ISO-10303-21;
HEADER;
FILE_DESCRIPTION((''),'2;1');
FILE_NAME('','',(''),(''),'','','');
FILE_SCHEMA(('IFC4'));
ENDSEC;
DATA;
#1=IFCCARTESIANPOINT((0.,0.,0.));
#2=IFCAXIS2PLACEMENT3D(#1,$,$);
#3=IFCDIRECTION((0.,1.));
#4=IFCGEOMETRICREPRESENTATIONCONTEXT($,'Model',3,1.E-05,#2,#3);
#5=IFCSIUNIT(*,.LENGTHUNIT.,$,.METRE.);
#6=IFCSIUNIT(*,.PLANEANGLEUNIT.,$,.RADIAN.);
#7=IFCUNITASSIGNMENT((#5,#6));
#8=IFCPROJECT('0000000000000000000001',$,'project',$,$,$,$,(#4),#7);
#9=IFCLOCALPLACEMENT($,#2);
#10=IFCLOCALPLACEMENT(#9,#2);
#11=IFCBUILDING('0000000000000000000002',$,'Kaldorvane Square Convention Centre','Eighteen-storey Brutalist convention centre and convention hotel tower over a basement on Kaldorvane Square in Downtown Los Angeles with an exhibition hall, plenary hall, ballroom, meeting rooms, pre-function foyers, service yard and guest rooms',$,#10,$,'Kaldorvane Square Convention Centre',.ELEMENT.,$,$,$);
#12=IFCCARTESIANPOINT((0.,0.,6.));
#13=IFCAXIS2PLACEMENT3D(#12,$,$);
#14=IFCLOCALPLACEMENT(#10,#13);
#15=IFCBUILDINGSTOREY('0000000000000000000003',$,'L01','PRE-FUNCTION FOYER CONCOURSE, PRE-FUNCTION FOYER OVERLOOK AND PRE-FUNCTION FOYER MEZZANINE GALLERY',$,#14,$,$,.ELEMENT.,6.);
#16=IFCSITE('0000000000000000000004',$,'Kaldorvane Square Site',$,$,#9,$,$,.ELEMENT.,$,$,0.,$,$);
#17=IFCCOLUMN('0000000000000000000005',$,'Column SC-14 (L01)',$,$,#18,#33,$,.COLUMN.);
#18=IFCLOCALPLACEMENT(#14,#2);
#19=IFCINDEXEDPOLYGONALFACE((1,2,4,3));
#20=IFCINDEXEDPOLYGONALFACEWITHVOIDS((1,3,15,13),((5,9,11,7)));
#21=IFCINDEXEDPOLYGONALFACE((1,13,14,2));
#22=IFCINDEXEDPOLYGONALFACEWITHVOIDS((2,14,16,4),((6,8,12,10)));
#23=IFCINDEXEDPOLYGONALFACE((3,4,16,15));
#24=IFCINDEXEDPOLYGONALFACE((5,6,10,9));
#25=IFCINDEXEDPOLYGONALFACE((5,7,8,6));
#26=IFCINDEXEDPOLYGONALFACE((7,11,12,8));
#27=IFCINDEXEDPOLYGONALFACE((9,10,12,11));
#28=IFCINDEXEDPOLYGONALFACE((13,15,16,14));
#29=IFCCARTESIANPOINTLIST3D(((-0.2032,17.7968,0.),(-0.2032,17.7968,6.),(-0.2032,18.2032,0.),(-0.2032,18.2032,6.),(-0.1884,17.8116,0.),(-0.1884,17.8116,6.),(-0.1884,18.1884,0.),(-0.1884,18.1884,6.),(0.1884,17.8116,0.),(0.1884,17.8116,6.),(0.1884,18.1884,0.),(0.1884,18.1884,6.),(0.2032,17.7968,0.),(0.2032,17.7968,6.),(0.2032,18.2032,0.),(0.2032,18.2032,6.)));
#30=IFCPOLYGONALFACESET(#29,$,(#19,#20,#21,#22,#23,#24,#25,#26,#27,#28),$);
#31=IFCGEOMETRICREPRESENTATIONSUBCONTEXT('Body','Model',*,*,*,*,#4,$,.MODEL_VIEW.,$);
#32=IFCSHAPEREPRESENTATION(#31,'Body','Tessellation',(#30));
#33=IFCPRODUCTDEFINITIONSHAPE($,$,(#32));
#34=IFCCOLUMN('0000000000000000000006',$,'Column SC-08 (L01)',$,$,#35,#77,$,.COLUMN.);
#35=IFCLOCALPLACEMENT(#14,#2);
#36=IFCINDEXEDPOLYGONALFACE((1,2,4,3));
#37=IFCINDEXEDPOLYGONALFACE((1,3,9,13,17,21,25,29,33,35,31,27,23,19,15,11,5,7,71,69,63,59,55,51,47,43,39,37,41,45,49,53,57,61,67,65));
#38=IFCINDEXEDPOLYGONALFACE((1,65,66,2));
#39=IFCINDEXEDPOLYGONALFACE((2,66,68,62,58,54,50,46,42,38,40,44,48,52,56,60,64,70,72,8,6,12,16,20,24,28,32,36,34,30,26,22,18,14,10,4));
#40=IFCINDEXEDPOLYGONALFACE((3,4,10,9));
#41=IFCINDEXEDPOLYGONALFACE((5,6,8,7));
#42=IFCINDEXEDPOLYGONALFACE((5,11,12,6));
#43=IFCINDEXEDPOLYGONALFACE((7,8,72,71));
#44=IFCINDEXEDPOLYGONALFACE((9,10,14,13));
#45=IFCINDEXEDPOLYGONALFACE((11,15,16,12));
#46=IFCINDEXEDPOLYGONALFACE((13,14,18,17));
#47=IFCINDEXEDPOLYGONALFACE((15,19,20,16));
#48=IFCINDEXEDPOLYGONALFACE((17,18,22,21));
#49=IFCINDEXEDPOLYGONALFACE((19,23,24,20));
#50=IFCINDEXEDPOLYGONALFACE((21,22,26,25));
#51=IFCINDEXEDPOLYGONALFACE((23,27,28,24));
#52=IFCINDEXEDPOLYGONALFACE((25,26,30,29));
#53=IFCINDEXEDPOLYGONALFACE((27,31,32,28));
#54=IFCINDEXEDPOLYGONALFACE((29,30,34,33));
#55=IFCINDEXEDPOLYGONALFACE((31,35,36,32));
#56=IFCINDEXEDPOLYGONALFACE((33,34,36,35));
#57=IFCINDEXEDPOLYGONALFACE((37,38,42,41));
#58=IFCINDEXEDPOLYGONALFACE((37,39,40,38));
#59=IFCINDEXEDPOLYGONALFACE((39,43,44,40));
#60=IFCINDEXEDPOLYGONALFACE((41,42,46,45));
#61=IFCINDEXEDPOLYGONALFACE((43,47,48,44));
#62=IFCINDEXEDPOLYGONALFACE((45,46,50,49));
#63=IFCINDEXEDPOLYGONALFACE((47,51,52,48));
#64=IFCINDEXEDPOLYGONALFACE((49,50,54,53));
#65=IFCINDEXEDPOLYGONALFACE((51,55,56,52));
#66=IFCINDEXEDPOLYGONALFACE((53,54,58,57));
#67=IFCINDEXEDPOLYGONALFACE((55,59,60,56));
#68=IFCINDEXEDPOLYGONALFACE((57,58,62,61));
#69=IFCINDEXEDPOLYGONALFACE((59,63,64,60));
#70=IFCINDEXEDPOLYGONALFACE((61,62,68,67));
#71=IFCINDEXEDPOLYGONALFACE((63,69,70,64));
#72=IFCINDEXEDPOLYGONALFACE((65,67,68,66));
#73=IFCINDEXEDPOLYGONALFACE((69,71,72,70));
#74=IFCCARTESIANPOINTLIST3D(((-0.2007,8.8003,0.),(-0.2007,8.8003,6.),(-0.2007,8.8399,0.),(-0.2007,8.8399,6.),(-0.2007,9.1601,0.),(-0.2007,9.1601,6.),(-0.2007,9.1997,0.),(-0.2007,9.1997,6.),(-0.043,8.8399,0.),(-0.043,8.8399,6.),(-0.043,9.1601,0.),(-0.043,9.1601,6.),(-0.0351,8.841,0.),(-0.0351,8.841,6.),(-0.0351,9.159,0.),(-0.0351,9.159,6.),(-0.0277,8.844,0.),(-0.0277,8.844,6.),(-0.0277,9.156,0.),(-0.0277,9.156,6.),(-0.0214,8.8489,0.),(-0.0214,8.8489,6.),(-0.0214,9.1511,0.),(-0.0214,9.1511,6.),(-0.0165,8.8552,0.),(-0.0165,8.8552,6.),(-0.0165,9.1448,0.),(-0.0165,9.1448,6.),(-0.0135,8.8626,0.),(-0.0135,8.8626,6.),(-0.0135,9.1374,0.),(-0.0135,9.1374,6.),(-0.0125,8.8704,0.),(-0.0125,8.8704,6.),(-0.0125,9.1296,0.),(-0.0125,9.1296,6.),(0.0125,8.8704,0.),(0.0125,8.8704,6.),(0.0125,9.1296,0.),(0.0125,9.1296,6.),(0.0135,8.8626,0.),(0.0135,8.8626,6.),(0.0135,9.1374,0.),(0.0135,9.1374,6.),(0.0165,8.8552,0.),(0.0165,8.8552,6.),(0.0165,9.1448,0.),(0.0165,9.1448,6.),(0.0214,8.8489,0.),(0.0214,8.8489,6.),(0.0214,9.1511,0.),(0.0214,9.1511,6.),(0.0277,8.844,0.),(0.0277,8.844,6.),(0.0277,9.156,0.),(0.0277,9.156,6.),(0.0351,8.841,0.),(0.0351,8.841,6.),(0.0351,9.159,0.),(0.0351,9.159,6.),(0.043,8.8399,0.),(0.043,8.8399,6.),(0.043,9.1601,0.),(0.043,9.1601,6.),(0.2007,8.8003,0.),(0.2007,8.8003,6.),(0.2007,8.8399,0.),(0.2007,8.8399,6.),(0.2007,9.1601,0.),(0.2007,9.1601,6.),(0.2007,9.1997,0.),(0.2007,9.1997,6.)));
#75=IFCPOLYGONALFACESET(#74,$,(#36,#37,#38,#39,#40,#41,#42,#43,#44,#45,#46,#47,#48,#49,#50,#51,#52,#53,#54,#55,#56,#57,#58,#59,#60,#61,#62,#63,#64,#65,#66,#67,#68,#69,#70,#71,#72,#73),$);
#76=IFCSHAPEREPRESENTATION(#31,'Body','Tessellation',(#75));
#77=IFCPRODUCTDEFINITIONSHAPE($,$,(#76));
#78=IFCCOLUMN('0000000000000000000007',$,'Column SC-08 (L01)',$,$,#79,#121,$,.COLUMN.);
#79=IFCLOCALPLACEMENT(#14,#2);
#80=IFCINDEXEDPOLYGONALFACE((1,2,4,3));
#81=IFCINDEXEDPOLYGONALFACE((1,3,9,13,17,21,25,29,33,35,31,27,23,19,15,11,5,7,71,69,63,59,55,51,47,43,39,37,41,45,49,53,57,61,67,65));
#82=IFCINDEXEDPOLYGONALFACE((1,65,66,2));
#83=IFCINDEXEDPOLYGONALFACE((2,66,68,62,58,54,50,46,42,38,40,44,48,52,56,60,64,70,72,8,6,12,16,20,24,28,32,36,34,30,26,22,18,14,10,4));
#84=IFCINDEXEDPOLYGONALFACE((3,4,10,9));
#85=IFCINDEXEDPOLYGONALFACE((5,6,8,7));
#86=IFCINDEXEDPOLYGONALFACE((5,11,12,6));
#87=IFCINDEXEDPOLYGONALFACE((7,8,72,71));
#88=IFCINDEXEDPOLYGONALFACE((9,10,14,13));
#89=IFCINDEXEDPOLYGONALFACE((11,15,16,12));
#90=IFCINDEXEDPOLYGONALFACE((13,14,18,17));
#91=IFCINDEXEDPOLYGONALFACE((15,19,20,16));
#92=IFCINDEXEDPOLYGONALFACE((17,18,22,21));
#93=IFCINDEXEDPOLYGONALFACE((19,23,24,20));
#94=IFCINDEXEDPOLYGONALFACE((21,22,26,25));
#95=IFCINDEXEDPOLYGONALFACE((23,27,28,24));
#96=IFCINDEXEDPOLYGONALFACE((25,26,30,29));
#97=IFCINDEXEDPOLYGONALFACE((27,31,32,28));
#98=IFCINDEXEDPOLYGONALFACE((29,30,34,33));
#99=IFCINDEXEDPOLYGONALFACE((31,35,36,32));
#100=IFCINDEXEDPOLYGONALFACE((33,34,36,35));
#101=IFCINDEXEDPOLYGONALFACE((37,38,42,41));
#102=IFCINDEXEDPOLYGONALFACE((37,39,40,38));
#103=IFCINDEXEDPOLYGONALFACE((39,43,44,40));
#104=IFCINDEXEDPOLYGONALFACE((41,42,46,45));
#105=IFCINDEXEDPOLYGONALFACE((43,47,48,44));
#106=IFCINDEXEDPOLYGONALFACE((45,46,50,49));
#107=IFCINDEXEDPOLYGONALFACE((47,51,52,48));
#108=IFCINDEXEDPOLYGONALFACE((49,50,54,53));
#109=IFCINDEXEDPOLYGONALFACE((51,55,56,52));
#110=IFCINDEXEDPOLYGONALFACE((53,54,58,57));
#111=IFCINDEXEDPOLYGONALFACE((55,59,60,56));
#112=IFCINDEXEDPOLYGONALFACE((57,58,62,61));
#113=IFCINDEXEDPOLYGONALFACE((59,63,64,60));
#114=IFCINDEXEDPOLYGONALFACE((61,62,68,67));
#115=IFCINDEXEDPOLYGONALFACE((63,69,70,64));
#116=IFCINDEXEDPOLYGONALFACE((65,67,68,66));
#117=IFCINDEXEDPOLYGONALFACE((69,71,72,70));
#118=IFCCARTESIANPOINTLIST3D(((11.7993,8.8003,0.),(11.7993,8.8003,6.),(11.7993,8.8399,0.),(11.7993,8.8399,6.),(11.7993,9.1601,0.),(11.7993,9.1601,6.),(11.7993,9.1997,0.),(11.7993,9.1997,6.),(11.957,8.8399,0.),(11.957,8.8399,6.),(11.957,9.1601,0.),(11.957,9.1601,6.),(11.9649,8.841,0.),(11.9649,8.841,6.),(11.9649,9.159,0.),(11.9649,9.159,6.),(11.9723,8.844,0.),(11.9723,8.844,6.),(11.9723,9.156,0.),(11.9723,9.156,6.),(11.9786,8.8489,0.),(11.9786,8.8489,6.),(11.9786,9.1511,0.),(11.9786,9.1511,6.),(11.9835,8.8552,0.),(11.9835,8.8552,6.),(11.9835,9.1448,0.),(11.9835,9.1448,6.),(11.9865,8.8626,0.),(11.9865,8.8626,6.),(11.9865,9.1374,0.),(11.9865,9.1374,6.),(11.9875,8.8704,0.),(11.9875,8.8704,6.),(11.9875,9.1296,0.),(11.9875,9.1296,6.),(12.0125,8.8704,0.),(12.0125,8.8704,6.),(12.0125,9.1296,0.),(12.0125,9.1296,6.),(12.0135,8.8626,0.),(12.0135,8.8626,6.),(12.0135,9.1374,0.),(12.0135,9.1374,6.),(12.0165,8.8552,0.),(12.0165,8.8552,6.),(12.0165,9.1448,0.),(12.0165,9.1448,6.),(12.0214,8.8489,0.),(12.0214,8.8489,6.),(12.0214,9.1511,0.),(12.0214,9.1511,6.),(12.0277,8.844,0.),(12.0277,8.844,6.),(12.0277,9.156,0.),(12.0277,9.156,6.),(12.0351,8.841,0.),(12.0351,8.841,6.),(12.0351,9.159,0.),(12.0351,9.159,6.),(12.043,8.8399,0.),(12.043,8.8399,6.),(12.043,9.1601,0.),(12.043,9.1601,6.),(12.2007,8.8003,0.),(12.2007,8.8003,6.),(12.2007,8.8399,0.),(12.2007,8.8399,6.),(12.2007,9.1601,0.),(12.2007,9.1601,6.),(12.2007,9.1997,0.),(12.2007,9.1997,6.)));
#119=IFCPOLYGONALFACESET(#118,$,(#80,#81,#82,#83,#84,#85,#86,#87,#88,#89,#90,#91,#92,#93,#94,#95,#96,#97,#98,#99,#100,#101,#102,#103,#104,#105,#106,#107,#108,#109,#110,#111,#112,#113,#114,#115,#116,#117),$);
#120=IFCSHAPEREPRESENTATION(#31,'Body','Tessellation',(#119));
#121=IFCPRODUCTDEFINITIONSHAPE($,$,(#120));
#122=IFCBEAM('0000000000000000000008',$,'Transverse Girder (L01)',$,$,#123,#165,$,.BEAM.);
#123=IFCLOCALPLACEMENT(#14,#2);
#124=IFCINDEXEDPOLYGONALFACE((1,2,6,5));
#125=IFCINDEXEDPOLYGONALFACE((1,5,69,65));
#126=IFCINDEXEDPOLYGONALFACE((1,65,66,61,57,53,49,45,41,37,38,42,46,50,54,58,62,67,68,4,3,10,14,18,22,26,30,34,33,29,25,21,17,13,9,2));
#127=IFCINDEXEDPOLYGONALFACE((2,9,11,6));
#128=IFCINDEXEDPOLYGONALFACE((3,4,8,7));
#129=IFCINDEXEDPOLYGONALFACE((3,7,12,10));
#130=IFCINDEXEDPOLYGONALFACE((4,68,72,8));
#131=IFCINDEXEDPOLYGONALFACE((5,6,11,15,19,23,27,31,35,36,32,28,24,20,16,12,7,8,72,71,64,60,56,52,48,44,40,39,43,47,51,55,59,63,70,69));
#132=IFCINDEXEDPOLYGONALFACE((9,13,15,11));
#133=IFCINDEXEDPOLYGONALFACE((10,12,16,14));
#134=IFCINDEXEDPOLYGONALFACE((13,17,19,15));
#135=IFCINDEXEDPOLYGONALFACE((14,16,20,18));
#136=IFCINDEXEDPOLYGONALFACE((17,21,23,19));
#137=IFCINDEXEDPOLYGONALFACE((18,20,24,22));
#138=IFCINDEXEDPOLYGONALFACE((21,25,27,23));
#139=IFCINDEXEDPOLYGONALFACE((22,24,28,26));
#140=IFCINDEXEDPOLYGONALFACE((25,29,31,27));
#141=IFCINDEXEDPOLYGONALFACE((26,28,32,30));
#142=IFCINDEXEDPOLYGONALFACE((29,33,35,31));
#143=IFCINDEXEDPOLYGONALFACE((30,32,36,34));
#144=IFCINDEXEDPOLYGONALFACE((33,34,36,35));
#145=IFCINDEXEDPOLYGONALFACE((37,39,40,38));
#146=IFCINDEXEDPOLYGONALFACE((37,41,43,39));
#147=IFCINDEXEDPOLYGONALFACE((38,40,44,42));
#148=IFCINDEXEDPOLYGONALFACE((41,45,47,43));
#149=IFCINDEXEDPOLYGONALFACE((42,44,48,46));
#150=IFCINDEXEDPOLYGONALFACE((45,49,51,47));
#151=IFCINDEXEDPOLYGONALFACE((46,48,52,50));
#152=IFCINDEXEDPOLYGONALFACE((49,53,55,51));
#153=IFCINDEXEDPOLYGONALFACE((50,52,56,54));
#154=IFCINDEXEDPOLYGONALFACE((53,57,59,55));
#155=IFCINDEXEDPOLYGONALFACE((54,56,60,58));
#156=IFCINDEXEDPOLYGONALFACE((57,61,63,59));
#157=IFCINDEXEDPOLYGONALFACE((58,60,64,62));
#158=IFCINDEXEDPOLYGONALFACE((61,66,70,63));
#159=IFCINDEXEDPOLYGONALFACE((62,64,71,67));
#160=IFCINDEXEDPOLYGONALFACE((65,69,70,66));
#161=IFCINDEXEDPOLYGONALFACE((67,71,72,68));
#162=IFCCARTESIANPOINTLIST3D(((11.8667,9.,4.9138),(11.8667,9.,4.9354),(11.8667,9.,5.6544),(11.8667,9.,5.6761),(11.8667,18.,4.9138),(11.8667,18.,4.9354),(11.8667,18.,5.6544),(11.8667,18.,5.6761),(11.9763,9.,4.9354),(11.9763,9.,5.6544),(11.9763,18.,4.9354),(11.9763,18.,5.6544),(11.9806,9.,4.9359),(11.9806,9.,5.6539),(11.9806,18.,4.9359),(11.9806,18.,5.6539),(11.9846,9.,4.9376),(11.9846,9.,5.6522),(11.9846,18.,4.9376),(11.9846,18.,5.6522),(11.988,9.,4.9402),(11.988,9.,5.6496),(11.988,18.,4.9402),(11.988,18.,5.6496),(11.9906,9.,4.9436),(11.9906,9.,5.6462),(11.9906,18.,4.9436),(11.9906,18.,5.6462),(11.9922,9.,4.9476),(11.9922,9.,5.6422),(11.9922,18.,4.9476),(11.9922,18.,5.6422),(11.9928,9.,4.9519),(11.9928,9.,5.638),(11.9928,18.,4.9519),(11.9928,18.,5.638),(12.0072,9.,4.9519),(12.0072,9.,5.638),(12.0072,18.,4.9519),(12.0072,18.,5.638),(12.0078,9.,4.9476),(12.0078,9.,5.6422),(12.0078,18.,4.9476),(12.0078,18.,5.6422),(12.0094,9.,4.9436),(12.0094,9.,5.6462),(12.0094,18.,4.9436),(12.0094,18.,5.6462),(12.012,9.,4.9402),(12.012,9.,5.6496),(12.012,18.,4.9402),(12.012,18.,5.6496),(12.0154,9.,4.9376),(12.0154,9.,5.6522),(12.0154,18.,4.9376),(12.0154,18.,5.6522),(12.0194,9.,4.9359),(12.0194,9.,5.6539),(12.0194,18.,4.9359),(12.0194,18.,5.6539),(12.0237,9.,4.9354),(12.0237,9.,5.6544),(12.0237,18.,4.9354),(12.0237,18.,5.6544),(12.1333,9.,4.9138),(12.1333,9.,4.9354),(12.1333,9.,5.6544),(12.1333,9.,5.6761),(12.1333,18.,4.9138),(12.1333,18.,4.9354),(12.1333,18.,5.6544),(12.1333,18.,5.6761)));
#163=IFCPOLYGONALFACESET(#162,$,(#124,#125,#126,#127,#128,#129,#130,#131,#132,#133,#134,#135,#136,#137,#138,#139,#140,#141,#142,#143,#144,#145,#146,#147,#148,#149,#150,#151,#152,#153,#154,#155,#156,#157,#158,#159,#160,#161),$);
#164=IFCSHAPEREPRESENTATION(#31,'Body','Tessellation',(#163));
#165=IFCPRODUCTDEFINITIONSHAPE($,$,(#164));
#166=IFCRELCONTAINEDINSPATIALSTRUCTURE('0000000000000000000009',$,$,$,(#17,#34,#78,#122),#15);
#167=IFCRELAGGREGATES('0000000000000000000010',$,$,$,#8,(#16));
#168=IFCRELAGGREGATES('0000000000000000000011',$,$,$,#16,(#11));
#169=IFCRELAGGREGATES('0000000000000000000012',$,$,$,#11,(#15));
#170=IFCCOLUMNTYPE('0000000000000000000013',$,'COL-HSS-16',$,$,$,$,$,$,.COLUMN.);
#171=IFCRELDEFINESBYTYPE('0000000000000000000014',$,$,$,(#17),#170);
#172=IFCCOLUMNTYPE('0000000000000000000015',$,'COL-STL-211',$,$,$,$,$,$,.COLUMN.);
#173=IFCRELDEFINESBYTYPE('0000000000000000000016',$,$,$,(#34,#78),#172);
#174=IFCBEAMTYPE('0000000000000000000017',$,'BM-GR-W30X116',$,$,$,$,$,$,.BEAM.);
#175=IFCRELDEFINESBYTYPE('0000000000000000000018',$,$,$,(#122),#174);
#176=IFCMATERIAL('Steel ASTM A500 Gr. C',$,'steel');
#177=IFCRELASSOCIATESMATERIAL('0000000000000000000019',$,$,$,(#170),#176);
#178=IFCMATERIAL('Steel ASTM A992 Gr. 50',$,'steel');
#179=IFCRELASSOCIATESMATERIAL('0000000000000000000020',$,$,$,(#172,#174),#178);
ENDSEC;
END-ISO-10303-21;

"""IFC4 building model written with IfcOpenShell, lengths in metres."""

from ifc_helpers import new_model, si_unit, direction, frame, origin, origin_2d, place, context, subcontext, project, spatial, hollow_rectangle, i_section, extrude, material, material_profile, profile_set, type_object, element, save


model = new_model("IFC4")

# Units and contexts
model_context = context("Model", 3, precision=1e-05, world=origin(), true_north=direction((0.0, 1.0)))
body_context = subcontext(model_context, "Body", "Model", "MODEL_VIEW")
ifc_project = project(units=[si_unit("LENGTHUNIT", "METRE"), si_unit("PLANEANGLEUNIT", "RADIAN")], contexts=[model_context])

# Site, building, storey
site_placement = place(None, origin())
site = spatial("IfcSite", under=ifc_project, at=site_placement, Name="Kaldorvane Square Site", CompositionType="ELEMENT", RefElevation=0.0)
building_placement = place(site_placement, origin())
building = spatial("IfcBuilding", under=site, at=building_placement, Name="Kaldorvane Square Convention Centre", Description="Eighteen-storey Brutalist convention centre and convention hotel tower over a basement on Kaldorvane Square in Downtown Los Angeles with an exhibition hall, plenary hall, ballroom, meeting rooms, pre-function foyers, service yard and guest rooms", LongName="Kaldorvane Square Convention Centre", CompositionType="ELEMENT")
storey_placement = place(building_placement, frame((0.0, 0.0, 6.0)))
storey = spatial("IfcBuildingStorey", under=building, at=storey_placement, Name="L01", Description="PRE-FUNCTION FOYER CONCOURSE, PRE-FUNCTION FOYER OVERLOOK AND PRE-FUNCTION FOYER MEZZANINE GALLERY", CompositionType="ELEMENT", Elevation=6.0)

# Columns
ifc_material_1 = material(Name="Steel ASTM A500 Gr. C", Category="steel")
ifc_material_profile_1 = material_profile(ifc_material_1, hollow_rectangle(XDim=0.4064, YDim=0.4064, WallThickness=0.0148, at=origin_2d()), Name="HSS16X16X5/8")
ifc_profile_set_1 = profile_set([ifc_material_profile_1], Name="Steel ASTM A500 Gr. C")
column_type_1 = type_object("IfcColumnType", Name="COL-HSS-16", PredefinedType="COLUMN", material=ifc_profile_set_1)
column_placement = place(storey_placement, frame((0.0, 18.0, 0.0), z_axis=(0.0, 0.0, 1.0), x_axis=(1.0, 0.0, 0.0)))
element("IfcColumn", 1, at=column_placement, inside=storey, type_object=column_type_1, Name="Column SC-14 (L01)", PredefinedType="COLUMN", context=body_context, shape_type="SweptSolid", body=[
    extrude(hollow_rectangle(XDim=0.4064, YDim=0.4064, WallThickness=0.0148, at=origin_2d()), origin(), (0.0, 0.0, 1.0), 6.0),
])
ifc_material_2 = material(Name="Steel ASTM A992 Gr. 50", Category="steel")
ifc_material_profile_2 = material_profile(ifc_material_2, i_section(OverallWidth=0.4013, OverallDepth=0.3993, WebThickness=0.0249, FlangeThickness=0.0396, FilletRadius=0.0305, at=origin_2d()), Name="W14X211")
ifc_profile_set_2 = profile_set([ifc_material_profile_2], Name="Steel ASTM A992 Gr. 50")
column_type_2 = type_object("IfcColumnType", Name="COL-STL-211", PredefinedType="COLUMN", material=ifc_profile_set_2)
for number, where, z_axis, x_axis, name in (
    (2, (0.0, 9.0, 0.0), (0.0, 0.0, 1.0), (1.0, 0.0, 0.0), "Column SC-08 (L01)"),
    (3, (12.0, 9.0, 0.0), (0.0, 0.0, 1.0), (1.0, 0.0, 0.0), "Column SC-08 (L01)"),
):
    element("IfcColumn", number, at=place(storey_placement, frame(where, z_axis=z_axis, x_axis=x_axis)), inside=storey, type_object=column_type_2, Name=name, PredefinedType="COLUMN", context=body_context, shape_type="SweptSolid", body=[
        extrude(i_section(OverallWidth=0.4013, OverallDepth=0.3993, WebThickness=0.0249, FlangeThickness=0.0396, FilletRadius=0.0305, at=origin_2d()), origin(), (0.0, 0.0, 1.0), 6.0),
    ])

# Beam
ifc_material_profile_3 = material_profile(ifc_material_2, i_section(OverallWidth=0.2666, OverallDepth=0.7623, WebThickness=0.0144, FlangeThickness=0.0216, FilletRadius=0.0165, at=origin_2d()), Name="W30X116")
ifc_profile_set_3 = profile_set([ifc_material_profile_3], Name="Steel ASTM A992 Gr. 50")
beam_type_1 = type_object("IfcBeamType", Name="BM-GR-W30X116", PredefinedType="BEAM", material=ifc_profile_set_3)
beam_1_placement = place(storey_placement, frame((12.0, 9.0, 5.2949), z_axis=(0.0, 1.0, 0.0), x_axis=(-1.0, 0.0, 0.0)))
element("IfcBeam", 4, at=beam_1_placement, inside=storey, type_object=beam_type_1, Name="Transverse Girder (L01)", PredefinedType="BEAM", context=body_context, shape_type="SweptSolid", body=[
    extrude(i_section(OverallWidth=0.2666, OverallDepth=0.7623, WebThickness=0.0144, FlangeThickness=0.0216, FilletRadius=0.0165, at=origin_2d()), origin(), (0.0, 0.0, 1.0), 9.0),
])

save(model, "model.ifc")
